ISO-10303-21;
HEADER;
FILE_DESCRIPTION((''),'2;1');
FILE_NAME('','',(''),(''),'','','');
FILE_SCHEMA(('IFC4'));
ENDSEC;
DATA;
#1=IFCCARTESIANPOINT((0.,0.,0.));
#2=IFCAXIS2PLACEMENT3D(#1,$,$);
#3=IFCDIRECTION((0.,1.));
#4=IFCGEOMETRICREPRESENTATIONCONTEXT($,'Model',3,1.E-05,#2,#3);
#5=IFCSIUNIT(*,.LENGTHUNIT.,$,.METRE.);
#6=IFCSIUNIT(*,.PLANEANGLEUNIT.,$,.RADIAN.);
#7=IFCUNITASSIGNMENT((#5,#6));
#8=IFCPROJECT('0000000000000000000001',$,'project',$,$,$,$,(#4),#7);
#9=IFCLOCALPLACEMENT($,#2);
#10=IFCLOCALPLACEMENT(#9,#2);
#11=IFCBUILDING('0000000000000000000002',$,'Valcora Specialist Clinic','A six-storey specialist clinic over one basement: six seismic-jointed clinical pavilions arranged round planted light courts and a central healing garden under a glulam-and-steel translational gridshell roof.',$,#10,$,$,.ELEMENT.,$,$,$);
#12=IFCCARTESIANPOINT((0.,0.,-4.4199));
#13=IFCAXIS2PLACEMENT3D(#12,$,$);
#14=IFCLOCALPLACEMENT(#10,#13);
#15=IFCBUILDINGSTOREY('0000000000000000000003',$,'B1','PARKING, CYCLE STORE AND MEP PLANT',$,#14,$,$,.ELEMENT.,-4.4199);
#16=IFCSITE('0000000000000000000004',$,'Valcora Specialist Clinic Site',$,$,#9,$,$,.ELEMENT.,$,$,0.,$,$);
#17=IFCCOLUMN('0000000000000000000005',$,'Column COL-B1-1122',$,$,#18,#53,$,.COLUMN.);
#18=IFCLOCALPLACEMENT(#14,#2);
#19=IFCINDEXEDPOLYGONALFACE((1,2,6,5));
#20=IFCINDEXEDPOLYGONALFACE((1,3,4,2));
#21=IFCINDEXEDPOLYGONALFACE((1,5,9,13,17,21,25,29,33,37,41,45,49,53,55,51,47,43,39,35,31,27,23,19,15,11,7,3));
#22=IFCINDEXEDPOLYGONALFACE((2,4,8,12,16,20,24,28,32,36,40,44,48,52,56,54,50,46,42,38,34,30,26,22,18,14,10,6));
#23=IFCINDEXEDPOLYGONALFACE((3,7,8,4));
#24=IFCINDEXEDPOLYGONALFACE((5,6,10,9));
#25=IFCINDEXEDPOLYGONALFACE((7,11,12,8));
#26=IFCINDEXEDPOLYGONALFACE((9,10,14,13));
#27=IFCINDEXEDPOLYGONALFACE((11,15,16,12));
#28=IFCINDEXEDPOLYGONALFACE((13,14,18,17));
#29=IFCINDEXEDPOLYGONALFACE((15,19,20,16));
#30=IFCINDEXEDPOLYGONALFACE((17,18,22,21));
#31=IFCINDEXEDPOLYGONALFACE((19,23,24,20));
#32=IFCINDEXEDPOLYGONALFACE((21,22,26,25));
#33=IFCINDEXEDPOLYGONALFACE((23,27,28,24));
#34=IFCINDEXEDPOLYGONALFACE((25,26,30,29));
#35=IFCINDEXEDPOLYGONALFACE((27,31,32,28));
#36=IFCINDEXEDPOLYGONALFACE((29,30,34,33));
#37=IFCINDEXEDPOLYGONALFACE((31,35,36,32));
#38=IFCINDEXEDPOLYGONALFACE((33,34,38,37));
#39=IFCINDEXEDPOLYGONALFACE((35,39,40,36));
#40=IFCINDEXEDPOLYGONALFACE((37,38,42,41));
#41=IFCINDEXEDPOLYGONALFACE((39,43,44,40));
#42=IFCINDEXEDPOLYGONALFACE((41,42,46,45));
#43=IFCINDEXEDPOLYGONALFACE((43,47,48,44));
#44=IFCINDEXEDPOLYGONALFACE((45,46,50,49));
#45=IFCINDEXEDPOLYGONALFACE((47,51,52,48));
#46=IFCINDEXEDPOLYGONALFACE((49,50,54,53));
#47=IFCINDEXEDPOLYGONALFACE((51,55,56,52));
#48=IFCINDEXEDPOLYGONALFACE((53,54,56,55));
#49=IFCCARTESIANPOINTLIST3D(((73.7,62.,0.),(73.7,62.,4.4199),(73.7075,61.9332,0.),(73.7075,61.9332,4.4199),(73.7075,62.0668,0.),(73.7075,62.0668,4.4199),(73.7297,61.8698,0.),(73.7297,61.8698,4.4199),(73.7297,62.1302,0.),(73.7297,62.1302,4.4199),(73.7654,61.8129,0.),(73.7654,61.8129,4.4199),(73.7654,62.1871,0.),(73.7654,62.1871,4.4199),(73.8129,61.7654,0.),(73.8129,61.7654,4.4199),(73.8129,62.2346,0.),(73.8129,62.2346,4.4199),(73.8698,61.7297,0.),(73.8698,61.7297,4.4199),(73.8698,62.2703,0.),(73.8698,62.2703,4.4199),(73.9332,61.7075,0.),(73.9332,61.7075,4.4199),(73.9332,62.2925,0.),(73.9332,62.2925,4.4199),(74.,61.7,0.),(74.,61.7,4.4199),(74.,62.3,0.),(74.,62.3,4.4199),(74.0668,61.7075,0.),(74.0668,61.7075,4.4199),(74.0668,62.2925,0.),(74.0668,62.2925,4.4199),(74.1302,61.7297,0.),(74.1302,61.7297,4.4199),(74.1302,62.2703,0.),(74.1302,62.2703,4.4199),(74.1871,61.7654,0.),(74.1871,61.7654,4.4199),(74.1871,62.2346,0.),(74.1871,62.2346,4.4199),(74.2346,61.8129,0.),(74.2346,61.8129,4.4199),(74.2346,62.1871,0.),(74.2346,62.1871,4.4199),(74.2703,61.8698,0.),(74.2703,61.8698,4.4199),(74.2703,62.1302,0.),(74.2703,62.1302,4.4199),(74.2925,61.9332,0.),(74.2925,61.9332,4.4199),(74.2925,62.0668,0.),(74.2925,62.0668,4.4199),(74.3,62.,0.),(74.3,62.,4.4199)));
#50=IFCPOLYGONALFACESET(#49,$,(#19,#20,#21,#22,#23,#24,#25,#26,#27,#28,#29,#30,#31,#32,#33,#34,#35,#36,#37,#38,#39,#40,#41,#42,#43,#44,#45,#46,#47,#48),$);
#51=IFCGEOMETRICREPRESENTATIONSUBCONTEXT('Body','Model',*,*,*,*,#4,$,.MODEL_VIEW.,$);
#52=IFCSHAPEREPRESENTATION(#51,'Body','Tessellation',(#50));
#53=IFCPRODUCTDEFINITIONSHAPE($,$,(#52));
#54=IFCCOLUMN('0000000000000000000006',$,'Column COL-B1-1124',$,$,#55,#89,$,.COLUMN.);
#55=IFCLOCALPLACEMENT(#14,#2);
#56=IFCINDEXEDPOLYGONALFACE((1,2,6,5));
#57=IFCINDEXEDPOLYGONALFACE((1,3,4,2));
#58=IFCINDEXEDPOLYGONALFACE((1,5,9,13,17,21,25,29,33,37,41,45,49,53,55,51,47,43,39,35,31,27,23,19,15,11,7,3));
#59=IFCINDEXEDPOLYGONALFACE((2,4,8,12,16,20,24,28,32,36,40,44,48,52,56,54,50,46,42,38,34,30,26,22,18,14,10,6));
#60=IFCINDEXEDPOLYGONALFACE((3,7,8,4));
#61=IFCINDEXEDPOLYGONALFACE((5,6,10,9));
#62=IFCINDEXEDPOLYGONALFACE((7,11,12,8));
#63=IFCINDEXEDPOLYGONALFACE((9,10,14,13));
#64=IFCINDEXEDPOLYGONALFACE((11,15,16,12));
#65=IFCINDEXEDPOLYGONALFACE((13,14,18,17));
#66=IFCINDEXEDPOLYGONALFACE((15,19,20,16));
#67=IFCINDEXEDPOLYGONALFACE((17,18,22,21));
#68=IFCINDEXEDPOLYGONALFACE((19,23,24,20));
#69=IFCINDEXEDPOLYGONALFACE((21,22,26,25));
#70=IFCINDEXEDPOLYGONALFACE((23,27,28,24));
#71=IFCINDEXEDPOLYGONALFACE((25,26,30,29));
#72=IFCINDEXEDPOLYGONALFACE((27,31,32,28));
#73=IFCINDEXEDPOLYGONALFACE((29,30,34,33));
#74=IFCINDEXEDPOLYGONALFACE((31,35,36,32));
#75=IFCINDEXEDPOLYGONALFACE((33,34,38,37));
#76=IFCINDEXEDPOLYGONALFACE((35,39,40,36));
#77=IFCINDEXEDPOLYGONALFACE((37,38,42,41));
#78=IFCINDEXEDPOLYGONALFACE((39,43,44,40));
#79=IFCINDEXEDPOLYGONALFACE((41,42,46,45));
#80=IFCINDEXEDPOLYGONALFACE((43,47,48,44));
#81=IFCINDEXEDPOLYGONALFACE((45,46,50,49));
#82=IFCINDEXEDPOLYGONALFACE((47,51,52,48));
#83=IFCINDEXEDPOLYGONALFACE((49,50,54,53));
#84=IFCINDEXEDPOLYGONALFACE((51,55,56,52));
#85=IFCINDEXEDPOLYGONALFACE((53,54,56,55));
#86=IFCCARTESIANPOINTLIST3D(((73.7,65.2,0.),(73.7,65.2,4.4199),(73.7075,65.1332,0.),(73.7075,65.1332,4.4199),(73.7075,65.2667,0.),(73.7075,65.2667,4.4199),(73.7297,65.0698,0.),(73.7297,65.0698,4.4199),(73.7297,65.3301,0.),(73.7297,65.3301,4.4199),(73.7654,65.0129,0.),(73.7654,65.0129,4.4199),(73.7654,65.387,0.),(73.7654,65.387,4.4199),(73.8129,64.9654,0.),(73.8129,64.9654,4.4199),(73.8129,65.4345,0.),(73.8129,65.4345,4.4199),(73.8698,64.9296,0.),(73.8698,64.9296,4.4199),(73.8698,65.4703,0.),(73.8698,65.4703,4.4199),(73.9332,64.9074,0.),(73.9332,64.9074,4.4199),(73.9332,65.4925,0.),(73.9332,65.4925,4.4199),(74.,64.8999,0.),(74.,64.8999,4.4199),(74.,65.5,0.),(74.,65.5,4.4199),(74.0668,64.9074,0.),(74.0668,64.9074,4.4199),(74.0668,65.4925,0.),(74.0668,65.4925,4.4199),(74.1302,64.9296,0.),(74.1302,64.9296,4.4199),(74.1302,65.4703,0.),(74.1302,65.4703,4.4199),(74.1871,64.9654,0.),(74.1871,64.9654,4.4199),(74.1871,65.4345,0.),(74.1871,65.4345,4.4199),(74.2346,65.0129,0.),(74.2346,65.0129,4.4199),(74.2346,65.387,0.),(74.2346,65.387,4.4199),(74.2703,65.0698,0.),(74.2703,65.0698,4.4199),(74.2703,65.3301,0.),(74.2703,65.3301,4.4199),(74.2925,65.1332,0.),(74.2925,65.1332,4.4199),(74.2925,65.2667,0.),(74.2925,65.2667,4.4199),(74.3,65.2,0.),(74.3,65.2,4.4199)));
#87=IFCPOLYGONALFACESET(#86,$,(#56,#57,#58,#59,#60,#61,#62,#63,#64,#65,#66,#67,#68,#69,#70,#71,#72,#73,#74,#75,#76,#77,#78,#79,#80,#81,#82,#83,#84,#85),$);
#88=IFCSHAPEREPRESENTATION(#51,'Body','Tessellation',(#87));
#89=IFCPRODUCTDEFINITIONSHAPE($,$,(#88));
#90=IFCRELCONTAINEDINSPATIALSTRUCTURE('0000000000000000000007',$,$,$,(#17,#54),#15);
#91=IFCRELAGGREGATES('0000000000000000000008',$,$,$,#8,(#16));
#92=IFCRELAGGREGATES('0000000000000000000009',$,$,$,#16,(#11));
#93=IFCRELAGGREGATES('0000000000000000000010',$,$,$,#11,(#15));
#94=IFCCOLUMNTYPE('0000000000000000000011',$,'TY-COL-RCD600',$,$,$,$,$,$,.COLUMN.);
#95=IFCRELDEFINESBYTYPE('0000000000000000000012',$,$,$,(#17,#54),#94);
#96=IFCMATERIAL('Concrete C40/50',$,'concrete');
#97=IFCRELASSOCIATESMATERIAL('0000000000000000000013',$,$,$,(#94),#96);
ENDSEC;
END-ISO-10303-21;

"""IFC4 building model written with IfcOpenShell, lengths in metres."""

from ifc_helpers import new_model, si_unit, direction, frame, origin, origin_2d, place, context, subcontext, project, spatial, circle, extrude, material, material_profile, profile_set, type_object, element, save


model = new_model("IFC4")

# Units and contexts
model_context = context("Model", 3, precision=1e-05, world=origin(), true_north=direction((0.0, 1.0)))
body_context = subcontext(model_context, "Body", "Model", "MODEL_VIEW")
ifc_project = project(units=[si_unit("LENGTHUNIT", "METRE"), si_unit("PLANEANGLEUNIT", "RADIAN")], contexts=[model_context])

# Site, building, storey
site_placement = place(None, origin())
site = spatial("IfcSite", under=ifc_project, at=site_placement, Name="Valcora Specialist Clinic Site", CompositionType="ELEMENT", RefElevation=0.0)
building_placement = place(site_placement, origin())
building = spatial("IfcBuilding", under=site, at=building_placement, Name="Valcora Specialist Clinic", Description="A six-storey specialist clinic over one basement: six seismic-jointed clinical pavilions arranged round planted light courts and a central healing garden under a glulam-and-steel translational gridshell roof.", CompositionType="ELEMENT")
storey_placement = place(building_placement, frame((0.0, 0.0, -4.4199)))
storey = spatial("IfcBuildingStorey", under=building, at=storey_placement, Name="B1", Description="PARKING, CYCLE STORE AND MEP PLANT", CompositionType="ELEMENT", Elevation=-4.4199)

# Columns
ifc_material_1 = material(Name="Concrete C40/50", Category="concrete")
ifc_material_profile_1 = material_profile(ifc_material_1, circle(Radius=0.3, at=origin_2d()), Name="RC-COL-D600")
ifc_profile_set_1 = profile_set([ifc_material_profile_1], Name="Concrete C40/50")
column_type_1 = type_object("IfcColumnType", Name="TY-COL-RCD600", PredefinedType="COLUMN", material=ifc_profile_set_1)
for number, where, z_axis, x_axis, name in (
    (1, (74.0, 62.0, 0.0), (0.0, 0.0, 1.0), (1.0, 0.0, 0.0), "Column COL-B1-1122"),
    (2, (74.0, 65.2, 0.0), (0.0, 0.0, 1.0), (1.0, 0.0, 0.0), "Column COL-B1-1124"),
):
    element("IfcColumn", number, at=place(storey_placement, frame(where, z_axis=z_axis, x_axis=x_axis)), inside=storey, type_object=column_type_1, Name=name, PredefinedType="COLUMN", context=body_context, shape_type="SweptSolid", body=[
        extrude(circle(Radius=0.3, at=origin_2d()), origin(), (0.0, 0.0, 1.0), 4.4199),
    ])

save(model, "model.ifc")
